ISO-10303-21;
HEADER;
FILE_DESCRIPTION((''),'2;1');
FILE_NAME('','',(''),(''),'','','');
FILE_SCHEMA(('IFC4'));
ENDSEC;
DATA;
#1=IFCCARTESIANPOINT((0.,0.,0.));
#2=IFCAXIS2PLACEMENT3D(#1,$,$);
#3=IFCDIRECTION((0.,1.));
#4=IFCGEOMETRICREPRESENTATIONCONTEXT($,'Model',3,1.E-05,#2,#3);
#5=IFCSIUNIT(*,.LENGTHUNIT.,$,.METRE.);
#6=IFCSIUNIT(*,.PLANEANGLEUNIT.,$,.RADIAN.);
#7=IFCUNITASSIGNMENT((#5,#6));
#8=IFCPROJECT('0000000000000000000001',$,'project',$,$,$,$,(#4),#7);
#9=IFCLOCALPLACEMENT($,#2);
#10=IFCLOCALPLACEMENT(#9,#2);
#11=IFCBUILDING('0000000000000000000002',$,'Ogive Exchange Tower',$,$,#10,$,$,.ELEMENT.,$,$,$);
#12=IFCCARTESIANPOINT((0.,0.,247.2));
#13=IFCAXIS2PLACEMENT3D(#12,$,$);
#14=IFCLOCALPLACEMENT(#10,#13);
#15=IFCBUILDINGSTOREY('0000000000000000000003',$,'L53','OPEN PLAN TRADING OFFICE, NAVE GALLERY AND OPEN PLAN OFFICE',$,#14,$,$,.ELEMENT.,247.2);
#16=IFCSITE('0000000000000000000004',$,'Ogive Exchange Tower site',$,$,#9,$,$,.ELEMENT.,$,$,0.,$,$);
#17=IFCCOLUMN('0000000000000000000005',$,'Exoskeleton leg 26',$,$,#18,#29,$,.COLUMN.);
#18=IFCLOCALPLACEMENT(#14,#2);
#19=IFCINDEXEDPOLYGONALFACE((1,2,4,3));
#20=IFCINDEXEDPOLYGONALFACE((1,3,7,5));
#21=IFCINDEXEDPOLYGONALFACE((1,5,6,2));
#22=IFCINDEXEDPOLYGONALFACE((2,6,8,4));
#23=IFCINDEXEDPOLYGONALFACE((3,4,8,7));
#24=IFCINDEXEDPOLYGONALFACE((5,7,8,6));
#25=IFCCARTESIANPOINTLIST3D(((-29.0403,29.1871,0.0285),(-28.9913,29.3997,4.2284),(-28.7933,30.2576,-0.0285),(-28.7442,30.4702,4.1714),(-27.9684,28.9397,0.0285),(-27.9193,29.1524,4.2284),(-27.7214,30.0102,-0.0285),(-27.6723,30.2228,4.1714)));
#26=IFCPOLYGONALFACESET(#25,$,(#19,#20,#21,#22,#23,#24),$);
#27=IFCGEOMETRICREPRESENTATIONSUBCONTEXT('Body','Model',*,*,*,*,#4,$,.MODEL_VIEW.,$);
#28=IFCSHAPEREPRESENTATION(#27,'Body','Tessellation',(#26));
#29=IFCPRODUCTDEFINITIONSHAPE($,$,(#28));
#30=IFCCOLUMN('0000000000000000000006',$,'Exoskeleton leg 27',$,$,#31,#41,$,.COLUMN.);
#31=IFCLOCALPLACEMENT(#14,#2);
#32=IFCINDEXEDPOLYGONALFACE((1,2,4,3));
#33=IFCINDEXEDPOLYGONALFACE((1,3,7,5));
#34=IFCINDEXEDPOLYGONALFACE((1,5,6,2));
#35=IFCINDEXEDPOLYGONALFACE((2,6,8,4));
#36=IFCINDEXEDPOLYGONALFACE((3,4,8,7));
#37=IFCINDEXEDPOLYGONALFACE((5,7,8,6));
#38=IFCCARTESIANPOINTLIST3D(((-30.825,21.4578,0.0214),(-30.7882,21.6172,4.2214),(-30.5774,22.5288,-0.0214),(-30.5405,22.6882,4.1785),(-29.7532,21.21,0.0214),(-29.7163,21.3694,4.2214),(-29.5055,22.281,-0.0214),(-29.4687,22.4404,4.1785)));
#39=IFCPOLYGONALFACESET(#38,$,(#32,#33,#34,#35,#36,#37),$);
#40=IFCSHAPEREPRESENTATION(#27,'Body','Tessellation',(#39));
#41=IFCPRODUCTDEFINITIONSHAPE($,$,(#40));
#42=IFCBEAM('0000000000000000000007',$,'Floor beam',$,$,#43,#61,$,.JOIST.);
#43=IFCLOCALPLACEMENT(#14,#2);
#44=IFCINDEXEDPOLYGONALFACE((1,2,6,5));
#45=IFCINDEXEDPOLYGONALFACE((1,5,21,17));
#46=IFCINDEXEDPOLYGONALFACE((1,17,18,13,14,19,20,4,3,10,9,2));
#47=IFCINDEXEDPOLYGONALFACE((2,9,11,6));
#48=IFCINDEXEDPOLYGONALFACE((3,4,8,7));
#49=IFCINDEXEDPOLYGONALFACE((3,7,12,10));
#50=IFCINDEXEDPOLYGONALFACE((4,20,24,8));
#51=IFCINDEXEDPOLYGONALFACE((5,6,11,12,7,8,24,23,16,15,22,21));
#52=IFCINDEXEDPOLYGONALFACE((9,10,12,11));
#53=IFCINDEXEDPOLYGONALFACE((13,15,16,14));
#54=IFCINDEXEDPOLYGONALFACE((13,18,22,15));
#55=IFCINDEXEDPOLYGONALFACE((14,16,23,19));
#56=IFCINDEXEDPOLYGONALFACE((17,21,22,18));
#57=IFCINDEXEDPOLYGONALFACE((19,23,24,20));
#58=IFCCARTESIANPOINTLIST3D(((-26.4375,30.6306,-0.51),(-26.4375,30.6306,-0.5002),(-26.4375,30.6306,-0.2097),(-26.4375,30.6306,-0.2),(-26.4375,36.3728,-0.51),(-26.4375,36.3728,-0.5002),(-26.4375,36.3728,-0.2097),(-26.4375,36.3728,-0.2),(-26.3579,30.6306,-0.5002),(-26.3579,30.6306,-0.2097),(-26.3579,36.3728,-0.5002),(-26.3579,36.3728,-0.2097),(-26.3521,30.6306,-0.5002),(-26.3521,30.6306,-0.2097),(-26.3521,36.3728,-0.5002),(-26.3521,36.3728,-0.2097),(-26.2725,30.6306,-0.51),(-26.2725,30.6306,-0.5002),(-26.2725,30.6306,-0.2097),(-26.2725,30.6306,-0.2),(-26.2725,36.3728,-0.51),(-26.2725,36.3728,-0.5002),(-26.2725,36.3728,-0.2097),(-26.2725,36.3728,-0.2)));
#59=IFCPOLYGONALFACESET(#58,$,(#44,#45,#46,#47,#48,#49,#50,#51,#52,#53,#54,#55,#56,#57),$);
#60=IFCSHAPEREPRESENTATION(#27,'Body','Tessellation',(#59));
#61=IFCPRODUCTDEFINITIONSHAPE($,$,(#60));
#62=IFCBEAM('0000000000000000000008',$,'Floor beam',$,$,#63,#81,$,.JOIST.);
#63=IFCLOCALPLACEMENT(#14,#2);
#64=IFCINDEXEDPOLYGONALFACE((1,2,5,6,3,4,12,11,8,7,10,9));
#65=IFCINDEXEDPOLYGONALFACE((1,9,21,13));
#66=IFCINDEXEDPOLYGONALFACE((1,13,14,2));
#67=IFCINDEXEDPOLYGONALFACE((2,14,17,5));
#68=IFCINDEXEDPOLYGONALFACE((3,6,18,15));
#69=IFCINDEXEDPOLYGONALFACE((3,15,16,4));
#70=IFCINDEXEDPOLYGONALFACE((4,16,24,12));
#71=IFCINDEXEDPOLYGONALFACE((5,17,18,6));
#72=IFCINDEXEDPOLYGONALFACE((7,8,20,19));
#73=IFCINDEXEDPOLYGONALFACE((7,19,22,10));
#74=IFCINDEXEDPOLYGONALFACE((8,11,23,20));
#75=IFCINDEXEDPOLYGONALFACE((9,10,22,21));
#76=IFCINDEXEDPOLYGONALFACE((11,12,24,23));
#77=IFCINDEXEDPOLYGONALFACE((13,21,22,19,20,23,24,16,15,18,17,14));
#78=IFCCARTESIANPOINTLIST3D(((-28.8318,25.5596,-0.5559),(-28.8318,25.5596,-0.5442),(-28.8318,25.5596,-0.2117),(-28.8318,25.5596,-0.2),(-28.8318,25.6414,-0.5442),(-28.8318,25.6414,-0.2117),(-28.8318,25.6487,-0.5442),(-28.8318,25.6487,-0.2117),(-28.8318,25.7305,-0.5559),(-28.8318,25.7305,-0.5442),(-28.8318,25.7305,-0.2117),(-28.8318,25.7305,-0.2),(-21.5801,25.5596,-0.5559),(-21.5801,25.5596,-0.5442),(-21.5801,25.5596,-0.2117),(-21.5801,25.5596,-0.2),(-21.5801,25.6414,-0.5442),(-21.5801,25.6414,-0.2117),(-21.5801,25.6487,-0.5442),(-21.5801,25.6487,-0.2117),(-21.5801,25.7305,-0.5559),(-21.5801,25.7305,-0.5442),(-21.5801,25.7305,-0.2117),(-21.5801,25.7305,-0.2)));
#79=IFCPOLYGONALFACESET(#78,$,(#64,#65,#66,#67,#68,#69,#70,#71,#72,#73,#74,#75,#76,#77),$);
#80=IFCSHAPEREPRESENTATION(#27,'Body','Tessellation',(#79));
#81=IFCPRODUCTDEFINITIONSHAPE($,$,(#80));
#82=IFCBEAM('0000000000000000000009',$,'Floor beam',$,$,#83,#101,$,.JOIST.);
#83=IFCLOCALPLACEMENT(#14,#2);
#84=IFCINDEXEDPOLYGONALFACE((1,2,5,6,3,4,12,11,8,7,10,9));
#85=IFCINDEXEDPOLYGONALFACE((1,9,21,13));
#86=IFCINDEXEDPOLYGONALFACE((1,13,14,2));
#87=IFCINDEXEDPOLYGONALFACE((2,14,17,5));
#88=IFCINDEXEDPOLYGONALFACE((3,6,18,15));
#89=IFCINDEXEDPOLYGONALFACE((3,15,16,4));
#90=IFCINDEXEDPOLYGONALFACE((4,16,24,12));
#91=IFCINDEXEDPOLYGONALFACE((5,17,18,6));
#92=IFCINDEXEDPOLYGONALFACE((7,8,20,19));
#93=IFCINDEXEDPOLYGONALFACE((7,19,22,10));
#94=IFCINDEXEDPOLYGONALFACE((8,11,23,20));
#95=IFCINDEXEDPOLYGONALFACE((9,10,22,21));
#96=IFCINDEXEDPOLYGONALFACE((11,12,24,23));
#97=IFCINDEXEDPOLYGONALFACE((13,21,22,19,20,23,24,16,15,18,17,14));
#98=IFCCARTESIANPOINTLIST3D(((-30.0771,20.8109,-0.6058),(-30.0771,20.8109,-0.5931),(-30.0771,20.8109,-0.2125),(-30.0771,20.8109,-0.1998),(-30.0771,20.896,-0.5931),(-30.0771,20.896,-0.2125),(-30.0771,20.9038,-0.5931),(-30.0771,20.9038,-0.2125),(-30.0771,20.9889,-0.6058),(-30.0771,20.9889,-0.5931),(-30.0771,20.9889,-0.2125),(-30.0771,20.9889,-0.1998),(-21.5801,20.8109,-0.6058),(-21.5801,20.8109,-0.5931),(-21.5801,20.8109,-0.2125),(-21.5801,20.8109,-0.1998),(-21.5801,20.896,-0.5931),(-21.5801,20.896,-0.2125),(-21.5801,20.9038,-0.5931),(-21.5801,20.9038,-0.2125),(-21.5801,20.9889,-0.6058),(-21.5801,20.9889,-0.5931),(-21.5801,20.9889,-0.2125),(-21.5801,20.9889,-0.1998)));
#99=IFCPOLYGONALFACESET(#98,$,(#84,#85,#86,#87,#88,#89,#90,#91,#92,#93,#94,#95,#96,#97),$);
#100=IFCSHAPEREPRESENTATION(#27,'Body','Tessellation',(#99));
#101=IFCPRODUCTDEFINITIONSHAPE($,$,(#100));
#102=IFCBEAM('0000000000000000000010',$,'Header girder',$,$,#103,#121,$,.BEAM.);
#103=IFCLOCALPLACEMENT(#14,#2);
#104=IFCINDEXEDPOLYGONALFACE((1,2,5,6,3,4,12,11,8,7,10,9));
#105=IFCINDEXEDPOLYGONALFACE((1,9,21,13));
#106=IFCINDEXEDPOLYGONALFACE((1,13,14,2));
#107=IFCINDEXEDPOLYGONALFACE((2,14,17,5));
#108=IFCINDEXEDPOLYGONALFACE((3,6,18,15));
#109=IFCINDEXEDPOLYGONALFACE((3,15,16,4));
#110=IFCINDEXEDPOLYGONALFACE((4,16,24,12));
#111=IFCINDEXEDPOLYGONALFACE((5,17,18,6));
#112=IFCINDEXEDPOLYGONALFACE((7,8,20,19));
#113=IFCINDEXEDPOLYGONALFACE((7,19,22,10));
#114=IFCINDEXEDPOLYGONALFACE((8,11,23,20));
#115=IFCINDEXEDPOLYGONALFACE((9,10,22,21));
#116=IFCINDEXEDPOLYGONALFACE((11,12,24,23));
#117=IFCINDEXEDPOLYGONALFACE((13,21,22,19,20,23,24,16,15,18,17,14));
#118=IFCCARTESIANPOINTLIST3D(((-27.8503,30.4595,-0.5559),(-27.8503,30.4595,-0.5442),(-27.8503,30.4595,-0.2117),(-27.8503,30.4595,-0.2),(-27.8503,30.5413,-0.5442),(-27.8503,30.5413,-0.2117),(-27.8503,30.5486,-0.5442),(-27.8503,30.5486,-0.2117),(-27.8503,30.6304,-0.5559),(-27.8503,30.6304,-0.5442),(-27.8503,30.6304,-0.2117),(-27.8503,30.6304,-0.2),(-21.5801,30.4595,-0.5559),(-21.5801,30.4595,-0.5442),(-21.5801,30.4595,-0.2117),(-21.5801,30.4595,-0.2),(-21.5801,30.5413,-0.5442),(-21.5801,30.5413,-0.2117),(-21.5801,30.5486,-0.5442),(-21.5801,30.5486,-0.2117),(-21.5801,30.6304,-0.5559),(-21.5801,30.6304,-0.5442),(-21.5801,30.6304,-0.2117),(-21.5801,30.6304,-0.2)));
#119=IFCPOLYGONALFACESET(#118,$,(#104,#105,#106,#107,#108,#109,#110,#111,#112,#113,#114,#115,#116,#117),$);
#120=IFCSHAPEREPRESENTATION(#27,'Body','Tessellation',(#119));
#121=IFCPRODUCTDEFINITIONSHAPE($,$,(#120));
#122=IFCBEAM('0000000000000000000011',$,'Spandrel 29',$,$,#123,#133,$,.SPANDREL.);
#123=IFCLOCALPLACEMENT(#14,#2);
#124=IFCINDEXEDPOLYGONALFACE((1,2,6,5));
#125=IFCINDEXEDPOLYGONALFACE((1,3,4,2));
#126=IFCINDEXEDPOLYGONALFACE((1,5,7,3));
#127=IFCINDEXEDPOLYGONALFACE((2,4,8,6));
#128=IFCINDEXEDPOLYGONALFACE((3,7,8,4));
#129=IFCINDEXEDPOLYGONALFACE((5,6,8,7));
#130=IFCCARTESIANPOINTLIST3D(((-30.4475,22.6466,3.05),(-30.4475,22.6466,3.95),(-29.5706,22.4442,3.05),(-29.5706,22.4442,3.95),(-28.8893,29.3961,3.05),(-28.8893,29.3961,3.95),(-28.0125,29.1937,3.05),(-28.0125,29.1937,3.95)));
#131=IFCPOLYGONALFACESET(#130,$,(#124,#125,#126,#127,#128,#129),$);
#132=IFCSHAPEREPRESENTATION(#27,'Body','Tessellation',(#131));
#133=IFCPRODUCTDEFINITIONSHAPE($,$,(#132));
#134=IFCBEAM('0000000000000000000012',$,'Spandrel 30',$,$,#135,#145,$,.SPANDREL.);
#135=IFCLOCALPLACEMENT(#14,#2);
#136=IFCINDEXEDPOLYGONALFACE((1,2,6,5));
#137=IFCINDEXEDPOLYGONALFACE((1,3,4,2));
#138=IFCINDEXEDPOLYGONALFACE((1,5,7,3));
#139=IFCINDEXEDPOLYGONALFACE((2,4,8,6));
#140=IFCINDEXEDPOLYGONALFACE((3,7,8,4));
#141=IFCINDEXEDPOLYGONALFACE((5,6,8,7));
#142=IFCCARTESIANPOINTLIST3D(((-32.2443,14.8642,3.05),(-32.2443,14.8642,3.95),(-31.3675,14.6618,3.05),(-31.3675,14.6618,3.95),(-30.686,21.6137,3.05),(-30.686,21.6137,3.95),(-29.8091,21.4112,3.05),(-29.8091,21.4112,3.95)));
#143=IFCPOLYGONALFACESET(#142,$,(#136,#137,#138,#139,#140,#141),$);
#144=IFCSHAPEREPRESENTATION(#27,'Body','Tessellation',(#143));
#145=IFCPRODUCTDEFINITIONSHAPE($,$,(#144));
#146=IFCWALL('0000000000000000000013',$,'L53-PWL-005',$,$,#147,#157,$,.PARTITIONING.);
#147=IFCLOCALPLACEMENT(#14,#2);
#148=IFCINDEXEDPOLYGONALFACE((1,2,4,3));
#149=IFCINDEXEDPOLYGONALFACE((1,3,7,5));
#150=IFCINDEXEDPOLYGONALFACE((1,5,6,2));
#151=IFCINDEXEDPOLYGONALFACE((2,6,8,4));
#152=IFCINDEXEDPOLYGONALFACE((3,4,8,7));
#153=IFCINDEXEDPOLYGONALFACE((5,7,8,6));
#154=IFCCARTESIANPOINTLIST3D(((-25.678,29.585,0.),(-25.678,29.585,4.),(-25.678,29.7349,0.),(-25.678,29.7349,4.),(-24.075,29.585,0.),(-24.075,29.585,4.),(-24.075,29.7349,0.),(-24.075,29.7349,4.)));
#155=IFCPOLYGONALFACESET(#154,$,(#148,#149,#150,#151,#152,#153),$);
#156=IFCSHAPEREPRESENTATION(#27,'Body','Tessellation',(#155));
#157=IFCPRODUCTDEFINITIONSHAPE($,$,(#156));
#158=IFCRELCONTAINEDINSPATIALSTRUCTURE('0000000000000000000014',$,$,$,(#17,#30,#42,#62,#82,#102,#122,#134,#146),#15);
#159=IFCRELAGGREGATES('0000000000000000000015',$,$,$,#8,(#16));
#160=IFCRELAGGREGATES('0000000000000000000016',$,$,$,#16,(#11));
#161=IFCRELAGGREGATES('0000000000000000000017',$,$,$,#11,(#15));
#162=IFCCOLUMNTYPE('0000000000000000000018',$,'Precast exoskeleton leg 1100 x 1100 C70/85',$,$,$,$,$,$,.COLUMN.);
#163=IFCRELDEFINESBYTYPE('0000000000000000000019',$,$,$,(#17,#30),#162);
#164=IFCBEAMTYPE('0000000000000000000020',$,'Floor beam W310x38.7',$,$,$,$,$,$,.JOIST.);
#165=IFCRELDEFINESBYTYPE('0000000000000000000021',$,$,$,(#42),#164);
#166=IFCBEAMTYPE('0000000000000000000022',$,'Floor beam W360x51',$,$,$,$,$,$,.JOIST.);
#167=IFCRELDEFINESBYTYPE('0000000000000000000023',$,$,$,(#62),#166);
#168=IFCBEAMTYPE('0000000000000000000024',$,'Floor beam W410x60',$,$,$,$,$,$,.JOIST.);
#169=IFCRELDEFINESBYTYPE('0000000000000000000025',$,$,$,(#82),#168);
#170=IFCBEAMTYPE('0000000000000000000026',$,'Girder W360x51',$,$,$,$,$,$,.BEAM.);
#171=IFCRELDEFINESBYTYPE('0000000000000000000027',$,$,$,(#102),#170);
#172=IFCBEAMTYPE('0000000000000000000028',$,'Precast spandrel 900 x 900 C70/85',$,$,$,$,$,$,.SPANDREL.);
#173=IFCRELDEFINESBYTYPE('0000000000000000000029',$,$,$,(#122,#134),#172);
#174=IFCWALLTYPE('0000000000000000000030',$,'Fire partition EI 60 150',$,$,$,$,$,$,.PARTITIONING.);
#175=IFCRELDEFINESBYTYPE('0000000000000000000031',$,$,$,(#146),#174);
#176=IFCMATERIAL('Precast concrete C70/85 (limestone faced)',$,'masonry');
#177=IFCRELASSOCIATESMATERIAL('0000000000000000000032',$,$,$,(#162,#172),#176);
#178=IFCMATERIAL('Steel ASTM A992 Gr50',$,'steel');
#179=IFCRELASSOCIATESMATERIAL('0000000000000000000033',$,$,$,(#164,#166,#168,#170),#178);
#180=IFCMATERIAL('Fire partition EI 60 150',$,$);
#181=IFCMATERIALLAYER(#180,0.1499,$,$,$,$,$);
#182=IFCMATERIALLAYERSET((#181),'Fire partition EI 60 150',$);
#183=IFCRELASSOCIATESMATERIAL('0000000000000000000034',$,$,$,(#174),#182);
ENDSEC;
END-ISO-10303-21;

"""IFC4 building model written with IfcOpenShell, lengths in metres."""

from ifc_helpers import new_model, si_unit, direction, frame, frame_2d, origin, origin_2d, place, context, subcontext, project, spatial, rectangle, i_section, extrude, material, layer, layer_set, material_profile, profile_set, type_object, element, save


model = new_model("IFC4")

# Units and contexts
model_context = context("Model", 3, precision=1e-05, world=origin(), true_north=direction((0.0, 1.0)))
body_context = subcontext(model_context, "Body", "Model", "MODEL_VIEW")
ifc_project = project(units=[si_unit("LENGTHUNIT", "METRE"), si_unit("PLANEANGLEUNIT", "RADIAN")], contexts=[model_context])

# Site, building, storey
site_placement = place(None, origin())
site = spatial("IfcSite", under=ifc_project, at=site_placement, Name="Ogive Exchange Tower site", CompositionType="ELEMENT", RefElevation=0.0)
building_placement = place(site_placement, origin())
building = spatial("IfcBuilding", under=site, at=building_placement, Name="Ogive Exchange Tower", CompositionType="ELEMENT")
storey_placement = place(building_placement, frame((0.0, 0.0, 247.2)))
storey = spatial("IfcBuildingStorey", under=building, at=storey_placement, Name="L53", Description="OPEN PLAN TRADING OFFICE, NAVE GALLERY AND OPEN PLAN OFFICE", CompositionType="ELEMENT", Elevation=247.2)

# Columns
ifc_material_1 = material(Name="Precast concrete C70/85 (limestone faced)", Category="masonry")
ifc_material_profile_1 = material_profile(ifc_material_1, rectangle(XDim=1.1001, YDim=1.1001, at=origin_2d()), Name="1100 x 1100")
ifc_profile_set_1 = profile_set([ifc_material_profile_1], Name="Precast concrete C70/85 (limestone faced)")
column_type = type_object("IfcColumnType", Name="Precast exoskeleton leg 1100 x 1100 C70/85", PredefinedType="COLUMN", material=ifc_profile_set_1)
column_1_placement = place(storey_placement, frame((-28.3809, 29.5986, 0.0), z_axis=(0.011668, 0.050562, 0.998653), x_axis=(-0.974391, 0.22486, 0.0)))
element("IfcColumn", 1, at=column_1_placement, inside=storey, type_object=column_type, Name="Exoskeleton leg 26", PredefinedType="COLUMN", context=body_context, shape_type="SweptSolid", body=[
    extrude(rectangle(XDim=1.1001, YDim=1.1001, at=origin_2d()), origin(), (0.0, 0.0, 1.0), 4.2056),
])
column_2_placement = place(storey_placement, frame((-30.1653, 21.8694, 0.0), z_axis=(0.008771, 0.03793, 0.999242), x_axis=(-0.974291, 0.225295, 0.0)))
element("IfcColumn", 2, at=column_2_placement, inside=storey, type_object=column_type, Name="Exoskeleton leg 27", PredefinedType="COLUMN", context=body_context, shape_type="SweptSolid", body=[
    extrude(rectangle(XDim=1.1001, YDim=1.1001, at=origin_2d()), origin(), (0.0, 0.0, 1.0), 4.2031),
])

# Beams
ifc_material_2 = material(Name="Steel ASTM A992 Gr50", Category="steel")
ifc_material_profile_2 = material_profile(ifc_material_2, i_section(OverallWidth=0.165, OverallDepth=0.3101, WebThickness=0.0059, FlangeThickness=0.0098, at=origin_2d()), Name="W310x38.7")
ifc_profile_set_2 = profile_set([ifc_material_profile_2], Name="Steel ASTM A992 Gr50")
beam_type_1 = type_object("IfcBeamType", Name="Floor beam W310x38.7", PredefinedType="JOIST", material=ifc_profile_set_2)
beam_1_placement = place(storey_placement, frame((-26.355, 30.6306, -0.355), z_axis=(0.0, 1.0, 0.0), x_axis=(-1.0, 0.0, 0.0)))
element("IfcBeam", 3, at=beam_1_placement, inside=storey, type_object=beam_type_1, Name="Floor beam", PredefinedType="JOIST", context=body_context, shape_type="SweptSolid", body=[
    extrude(i_section(OverallWidth=0.165, OverallDepth=0.3101, WebThickness=0.0059, FlangeThickness=0.0098, at=origin_2d()), origin(), (0.0, 0.0, 1.0), 5.7422),
])
ifc_material_profile_3 = material_profile(ifc_material_2, i_section(OverallWidth=0.1709, OverallDepth=0.356, WebThickness=0.0073, FlangeThickness=0.0117, at=origin_2d()), Name="W360x51")
ifc_profile_set_3 = profile_set([ifc_material_profile_3], Name="Steel ASTM A992 Gr50")
beam_type_2 = type_object("IfcBeamType", Name="Floor beam W360x51", PredefinedType="JOIST", material=ifc_profile_set_3)
beam_2_placement = place(storey_placement, frame((-28.8318, 25.645, -0.3779), z_axis=(1.0, 0.0, 0.0), x_axis=(0.0, 1.0, 0.0)))
element("IfcBeam", 4, at=beam_2_placement, inside=storey, type_object=beam_type_2, Name="Floor beam", PredefinedType="JOIST", context=body_context, shape_type="SweptSolid", body=[
    extrude(i_section(OverallWidth=0.1709, OverallDepth=0.356, WebThickness=0.0073, FlangeThickness=0.0117, at=origin_2d()), origin(), (0.0, 0.0, 1.0), 7.2517),
])
ifc_material_profile_4 = material_profile(ifc_material_2, i_section(OverallWidth=0.178, OverallDepth=0.406, WebThickness=0.0078, FlangeThickness=0.0127, at=origin_2d()), Name="W410x60")
ifc_profile_set_4 = profile_set([ifc_material_profile_4], Name="Steel ASTM A992 Gr50")
beam_type_3 = type_object("IfcBeamType", Name="Floor beam W410x60", PredefinedType="JOIST", material=ifc_profile_set_4)
beam_3_placement = place(storey_placement, frame((-30.0771, 20.8999, -0.4028), z_axis=(1.0, 0.0, 0.0), x_axis=(0.0, 1.0, 0.0)))
element("IfcBeam", 5, at=beam_3_placement, inside=storey, type_object=beam_type_3, Name="Floor beam", PredefinedType="JOIST", context=body_context, shape_type="SweptSolid", body=[
    extrude(i_section(OverallWidth=0.178, OverallDepth=0.406, WebThickness=0.0078, FlangeThickness=0.0127, at=origin_2d()), origin(), (0.0, 0.0, 1.0), 8.4971),
])
ifc_material_profile_5 = material_profile(ifc_material_2, i_section(OverallWidth=0.1709, OverallDepth=0.356, WebThickness=0.0073, FlangeThickness=0.0117, at=origin_2d()), Name="W360x51")
ifc_profile_set_5 = profile_set([ifc_material_profile_5], Name="Steel ASTM A992 Gr50")
beam_type_4 = type_object("IfcBeamType", Name="Girder W360x51", PredefinedType="BEAM", material=ifc_profile_set_5)
beam_4_placement = place(storey_placement, frame((-27.8503, 30.5449, -0.3779), z_axis=(1.0, 0.0, 0.0), x_axis=(0.0, 1.0, 0.0)))
element("IfcBeam", 6, at=beam_4_placement, inside=storey, type_object=beam_type_4, Name="Header girder", PredefinedType="BEAM", context=body_context, shape_type="SweptSolid", body=[
    extrude(i_section(OverallWidth=0.1709, OverallDepth=0.356, WebThickness=0.0073, FlangeThickness=0.0117, at=origin_2d()), origin(), (0.0, 0.0, 1.0), 6.2703),
])
ifc_material_profile_6 = material_profile(ifc_material_1, rectangle(XDim=0.8999, YDim=0.8999, at=origin_2d()), Name="900 x 900")
ifc_profile_set_6 = profile_set([ifc_material_profile_6], Name="Precast concrete C70/85 (limestone faced)")
beam_type_5 = type_object("IfcBeamType", Name="Precast spandrel 900 x 900 C70/85", PredefinedType="SPANDREL", material=ifc_profile_set_6)
for number, where, z_axis, x_axis, name in (
    (7, (-28.4509, 29.2949, 3.5), (-0.224932, -0.974375, 0.0), (0.974375, -0.224932, 0.0), "Spandrel 29"),
    (8, (-30.2476, 21.5125, 3.5), (-0.224965, -0.974367, 0.0), (0.974367, -0.224965, 0.0), "Spandrel 30"),
):
    element("IfcBeam", number, at=place(storey_placement, frame(where, z_axis=z_axis, x_axis=x_axis)), inside=storey, type_object=beam_type_5, Name=name, PredefinedType="SPANDREL", context=body_context, shape_type="SweptSolid", body=[
        extrude(rectangle(XDim=0.8999, YDim=0.8999, at=origin_2d()), origin(), (0.0, 0.0, 1.0), 6.927),
    ])

# Wall
ifc_material_3 = material(Name="Fire partition EI 60 150")
ifc_layer_1 = layer(ifc_material_3, 0.1499)
ifc_layer_set_1 = layer_set([ifc_layer_1], Name="Fire partition EI 60 150")
wall_type_1 = type_object("IfcWallType", Name="Fire partition EI 60 150", PredefinedType="PARTITIONING", material=ifc_layer_set_1)
wall_1_placement = place(storey_placement, frame((-24.075, 29.6599, 0.0), z_axis=(0.0, 0.0, 1.0), x_axis=(-1.0, 0.0, 0.0)))
element("IfcWall", 9, at=wall_1_placement, inside=storey, type_object=wall_type_1, Name="L53-PWL-005", PredefinedType="PARTITIONING", context=body_context, shape_type="SweptSolid", body=[
    extrude(rectangle(XDim=1.603, YDim=0.1499, at=frame_2d((0.8015, 0.0))), origin(), (0.0, 0.0, 1.0), 4.0),
])

save(model, "model.ifc")
